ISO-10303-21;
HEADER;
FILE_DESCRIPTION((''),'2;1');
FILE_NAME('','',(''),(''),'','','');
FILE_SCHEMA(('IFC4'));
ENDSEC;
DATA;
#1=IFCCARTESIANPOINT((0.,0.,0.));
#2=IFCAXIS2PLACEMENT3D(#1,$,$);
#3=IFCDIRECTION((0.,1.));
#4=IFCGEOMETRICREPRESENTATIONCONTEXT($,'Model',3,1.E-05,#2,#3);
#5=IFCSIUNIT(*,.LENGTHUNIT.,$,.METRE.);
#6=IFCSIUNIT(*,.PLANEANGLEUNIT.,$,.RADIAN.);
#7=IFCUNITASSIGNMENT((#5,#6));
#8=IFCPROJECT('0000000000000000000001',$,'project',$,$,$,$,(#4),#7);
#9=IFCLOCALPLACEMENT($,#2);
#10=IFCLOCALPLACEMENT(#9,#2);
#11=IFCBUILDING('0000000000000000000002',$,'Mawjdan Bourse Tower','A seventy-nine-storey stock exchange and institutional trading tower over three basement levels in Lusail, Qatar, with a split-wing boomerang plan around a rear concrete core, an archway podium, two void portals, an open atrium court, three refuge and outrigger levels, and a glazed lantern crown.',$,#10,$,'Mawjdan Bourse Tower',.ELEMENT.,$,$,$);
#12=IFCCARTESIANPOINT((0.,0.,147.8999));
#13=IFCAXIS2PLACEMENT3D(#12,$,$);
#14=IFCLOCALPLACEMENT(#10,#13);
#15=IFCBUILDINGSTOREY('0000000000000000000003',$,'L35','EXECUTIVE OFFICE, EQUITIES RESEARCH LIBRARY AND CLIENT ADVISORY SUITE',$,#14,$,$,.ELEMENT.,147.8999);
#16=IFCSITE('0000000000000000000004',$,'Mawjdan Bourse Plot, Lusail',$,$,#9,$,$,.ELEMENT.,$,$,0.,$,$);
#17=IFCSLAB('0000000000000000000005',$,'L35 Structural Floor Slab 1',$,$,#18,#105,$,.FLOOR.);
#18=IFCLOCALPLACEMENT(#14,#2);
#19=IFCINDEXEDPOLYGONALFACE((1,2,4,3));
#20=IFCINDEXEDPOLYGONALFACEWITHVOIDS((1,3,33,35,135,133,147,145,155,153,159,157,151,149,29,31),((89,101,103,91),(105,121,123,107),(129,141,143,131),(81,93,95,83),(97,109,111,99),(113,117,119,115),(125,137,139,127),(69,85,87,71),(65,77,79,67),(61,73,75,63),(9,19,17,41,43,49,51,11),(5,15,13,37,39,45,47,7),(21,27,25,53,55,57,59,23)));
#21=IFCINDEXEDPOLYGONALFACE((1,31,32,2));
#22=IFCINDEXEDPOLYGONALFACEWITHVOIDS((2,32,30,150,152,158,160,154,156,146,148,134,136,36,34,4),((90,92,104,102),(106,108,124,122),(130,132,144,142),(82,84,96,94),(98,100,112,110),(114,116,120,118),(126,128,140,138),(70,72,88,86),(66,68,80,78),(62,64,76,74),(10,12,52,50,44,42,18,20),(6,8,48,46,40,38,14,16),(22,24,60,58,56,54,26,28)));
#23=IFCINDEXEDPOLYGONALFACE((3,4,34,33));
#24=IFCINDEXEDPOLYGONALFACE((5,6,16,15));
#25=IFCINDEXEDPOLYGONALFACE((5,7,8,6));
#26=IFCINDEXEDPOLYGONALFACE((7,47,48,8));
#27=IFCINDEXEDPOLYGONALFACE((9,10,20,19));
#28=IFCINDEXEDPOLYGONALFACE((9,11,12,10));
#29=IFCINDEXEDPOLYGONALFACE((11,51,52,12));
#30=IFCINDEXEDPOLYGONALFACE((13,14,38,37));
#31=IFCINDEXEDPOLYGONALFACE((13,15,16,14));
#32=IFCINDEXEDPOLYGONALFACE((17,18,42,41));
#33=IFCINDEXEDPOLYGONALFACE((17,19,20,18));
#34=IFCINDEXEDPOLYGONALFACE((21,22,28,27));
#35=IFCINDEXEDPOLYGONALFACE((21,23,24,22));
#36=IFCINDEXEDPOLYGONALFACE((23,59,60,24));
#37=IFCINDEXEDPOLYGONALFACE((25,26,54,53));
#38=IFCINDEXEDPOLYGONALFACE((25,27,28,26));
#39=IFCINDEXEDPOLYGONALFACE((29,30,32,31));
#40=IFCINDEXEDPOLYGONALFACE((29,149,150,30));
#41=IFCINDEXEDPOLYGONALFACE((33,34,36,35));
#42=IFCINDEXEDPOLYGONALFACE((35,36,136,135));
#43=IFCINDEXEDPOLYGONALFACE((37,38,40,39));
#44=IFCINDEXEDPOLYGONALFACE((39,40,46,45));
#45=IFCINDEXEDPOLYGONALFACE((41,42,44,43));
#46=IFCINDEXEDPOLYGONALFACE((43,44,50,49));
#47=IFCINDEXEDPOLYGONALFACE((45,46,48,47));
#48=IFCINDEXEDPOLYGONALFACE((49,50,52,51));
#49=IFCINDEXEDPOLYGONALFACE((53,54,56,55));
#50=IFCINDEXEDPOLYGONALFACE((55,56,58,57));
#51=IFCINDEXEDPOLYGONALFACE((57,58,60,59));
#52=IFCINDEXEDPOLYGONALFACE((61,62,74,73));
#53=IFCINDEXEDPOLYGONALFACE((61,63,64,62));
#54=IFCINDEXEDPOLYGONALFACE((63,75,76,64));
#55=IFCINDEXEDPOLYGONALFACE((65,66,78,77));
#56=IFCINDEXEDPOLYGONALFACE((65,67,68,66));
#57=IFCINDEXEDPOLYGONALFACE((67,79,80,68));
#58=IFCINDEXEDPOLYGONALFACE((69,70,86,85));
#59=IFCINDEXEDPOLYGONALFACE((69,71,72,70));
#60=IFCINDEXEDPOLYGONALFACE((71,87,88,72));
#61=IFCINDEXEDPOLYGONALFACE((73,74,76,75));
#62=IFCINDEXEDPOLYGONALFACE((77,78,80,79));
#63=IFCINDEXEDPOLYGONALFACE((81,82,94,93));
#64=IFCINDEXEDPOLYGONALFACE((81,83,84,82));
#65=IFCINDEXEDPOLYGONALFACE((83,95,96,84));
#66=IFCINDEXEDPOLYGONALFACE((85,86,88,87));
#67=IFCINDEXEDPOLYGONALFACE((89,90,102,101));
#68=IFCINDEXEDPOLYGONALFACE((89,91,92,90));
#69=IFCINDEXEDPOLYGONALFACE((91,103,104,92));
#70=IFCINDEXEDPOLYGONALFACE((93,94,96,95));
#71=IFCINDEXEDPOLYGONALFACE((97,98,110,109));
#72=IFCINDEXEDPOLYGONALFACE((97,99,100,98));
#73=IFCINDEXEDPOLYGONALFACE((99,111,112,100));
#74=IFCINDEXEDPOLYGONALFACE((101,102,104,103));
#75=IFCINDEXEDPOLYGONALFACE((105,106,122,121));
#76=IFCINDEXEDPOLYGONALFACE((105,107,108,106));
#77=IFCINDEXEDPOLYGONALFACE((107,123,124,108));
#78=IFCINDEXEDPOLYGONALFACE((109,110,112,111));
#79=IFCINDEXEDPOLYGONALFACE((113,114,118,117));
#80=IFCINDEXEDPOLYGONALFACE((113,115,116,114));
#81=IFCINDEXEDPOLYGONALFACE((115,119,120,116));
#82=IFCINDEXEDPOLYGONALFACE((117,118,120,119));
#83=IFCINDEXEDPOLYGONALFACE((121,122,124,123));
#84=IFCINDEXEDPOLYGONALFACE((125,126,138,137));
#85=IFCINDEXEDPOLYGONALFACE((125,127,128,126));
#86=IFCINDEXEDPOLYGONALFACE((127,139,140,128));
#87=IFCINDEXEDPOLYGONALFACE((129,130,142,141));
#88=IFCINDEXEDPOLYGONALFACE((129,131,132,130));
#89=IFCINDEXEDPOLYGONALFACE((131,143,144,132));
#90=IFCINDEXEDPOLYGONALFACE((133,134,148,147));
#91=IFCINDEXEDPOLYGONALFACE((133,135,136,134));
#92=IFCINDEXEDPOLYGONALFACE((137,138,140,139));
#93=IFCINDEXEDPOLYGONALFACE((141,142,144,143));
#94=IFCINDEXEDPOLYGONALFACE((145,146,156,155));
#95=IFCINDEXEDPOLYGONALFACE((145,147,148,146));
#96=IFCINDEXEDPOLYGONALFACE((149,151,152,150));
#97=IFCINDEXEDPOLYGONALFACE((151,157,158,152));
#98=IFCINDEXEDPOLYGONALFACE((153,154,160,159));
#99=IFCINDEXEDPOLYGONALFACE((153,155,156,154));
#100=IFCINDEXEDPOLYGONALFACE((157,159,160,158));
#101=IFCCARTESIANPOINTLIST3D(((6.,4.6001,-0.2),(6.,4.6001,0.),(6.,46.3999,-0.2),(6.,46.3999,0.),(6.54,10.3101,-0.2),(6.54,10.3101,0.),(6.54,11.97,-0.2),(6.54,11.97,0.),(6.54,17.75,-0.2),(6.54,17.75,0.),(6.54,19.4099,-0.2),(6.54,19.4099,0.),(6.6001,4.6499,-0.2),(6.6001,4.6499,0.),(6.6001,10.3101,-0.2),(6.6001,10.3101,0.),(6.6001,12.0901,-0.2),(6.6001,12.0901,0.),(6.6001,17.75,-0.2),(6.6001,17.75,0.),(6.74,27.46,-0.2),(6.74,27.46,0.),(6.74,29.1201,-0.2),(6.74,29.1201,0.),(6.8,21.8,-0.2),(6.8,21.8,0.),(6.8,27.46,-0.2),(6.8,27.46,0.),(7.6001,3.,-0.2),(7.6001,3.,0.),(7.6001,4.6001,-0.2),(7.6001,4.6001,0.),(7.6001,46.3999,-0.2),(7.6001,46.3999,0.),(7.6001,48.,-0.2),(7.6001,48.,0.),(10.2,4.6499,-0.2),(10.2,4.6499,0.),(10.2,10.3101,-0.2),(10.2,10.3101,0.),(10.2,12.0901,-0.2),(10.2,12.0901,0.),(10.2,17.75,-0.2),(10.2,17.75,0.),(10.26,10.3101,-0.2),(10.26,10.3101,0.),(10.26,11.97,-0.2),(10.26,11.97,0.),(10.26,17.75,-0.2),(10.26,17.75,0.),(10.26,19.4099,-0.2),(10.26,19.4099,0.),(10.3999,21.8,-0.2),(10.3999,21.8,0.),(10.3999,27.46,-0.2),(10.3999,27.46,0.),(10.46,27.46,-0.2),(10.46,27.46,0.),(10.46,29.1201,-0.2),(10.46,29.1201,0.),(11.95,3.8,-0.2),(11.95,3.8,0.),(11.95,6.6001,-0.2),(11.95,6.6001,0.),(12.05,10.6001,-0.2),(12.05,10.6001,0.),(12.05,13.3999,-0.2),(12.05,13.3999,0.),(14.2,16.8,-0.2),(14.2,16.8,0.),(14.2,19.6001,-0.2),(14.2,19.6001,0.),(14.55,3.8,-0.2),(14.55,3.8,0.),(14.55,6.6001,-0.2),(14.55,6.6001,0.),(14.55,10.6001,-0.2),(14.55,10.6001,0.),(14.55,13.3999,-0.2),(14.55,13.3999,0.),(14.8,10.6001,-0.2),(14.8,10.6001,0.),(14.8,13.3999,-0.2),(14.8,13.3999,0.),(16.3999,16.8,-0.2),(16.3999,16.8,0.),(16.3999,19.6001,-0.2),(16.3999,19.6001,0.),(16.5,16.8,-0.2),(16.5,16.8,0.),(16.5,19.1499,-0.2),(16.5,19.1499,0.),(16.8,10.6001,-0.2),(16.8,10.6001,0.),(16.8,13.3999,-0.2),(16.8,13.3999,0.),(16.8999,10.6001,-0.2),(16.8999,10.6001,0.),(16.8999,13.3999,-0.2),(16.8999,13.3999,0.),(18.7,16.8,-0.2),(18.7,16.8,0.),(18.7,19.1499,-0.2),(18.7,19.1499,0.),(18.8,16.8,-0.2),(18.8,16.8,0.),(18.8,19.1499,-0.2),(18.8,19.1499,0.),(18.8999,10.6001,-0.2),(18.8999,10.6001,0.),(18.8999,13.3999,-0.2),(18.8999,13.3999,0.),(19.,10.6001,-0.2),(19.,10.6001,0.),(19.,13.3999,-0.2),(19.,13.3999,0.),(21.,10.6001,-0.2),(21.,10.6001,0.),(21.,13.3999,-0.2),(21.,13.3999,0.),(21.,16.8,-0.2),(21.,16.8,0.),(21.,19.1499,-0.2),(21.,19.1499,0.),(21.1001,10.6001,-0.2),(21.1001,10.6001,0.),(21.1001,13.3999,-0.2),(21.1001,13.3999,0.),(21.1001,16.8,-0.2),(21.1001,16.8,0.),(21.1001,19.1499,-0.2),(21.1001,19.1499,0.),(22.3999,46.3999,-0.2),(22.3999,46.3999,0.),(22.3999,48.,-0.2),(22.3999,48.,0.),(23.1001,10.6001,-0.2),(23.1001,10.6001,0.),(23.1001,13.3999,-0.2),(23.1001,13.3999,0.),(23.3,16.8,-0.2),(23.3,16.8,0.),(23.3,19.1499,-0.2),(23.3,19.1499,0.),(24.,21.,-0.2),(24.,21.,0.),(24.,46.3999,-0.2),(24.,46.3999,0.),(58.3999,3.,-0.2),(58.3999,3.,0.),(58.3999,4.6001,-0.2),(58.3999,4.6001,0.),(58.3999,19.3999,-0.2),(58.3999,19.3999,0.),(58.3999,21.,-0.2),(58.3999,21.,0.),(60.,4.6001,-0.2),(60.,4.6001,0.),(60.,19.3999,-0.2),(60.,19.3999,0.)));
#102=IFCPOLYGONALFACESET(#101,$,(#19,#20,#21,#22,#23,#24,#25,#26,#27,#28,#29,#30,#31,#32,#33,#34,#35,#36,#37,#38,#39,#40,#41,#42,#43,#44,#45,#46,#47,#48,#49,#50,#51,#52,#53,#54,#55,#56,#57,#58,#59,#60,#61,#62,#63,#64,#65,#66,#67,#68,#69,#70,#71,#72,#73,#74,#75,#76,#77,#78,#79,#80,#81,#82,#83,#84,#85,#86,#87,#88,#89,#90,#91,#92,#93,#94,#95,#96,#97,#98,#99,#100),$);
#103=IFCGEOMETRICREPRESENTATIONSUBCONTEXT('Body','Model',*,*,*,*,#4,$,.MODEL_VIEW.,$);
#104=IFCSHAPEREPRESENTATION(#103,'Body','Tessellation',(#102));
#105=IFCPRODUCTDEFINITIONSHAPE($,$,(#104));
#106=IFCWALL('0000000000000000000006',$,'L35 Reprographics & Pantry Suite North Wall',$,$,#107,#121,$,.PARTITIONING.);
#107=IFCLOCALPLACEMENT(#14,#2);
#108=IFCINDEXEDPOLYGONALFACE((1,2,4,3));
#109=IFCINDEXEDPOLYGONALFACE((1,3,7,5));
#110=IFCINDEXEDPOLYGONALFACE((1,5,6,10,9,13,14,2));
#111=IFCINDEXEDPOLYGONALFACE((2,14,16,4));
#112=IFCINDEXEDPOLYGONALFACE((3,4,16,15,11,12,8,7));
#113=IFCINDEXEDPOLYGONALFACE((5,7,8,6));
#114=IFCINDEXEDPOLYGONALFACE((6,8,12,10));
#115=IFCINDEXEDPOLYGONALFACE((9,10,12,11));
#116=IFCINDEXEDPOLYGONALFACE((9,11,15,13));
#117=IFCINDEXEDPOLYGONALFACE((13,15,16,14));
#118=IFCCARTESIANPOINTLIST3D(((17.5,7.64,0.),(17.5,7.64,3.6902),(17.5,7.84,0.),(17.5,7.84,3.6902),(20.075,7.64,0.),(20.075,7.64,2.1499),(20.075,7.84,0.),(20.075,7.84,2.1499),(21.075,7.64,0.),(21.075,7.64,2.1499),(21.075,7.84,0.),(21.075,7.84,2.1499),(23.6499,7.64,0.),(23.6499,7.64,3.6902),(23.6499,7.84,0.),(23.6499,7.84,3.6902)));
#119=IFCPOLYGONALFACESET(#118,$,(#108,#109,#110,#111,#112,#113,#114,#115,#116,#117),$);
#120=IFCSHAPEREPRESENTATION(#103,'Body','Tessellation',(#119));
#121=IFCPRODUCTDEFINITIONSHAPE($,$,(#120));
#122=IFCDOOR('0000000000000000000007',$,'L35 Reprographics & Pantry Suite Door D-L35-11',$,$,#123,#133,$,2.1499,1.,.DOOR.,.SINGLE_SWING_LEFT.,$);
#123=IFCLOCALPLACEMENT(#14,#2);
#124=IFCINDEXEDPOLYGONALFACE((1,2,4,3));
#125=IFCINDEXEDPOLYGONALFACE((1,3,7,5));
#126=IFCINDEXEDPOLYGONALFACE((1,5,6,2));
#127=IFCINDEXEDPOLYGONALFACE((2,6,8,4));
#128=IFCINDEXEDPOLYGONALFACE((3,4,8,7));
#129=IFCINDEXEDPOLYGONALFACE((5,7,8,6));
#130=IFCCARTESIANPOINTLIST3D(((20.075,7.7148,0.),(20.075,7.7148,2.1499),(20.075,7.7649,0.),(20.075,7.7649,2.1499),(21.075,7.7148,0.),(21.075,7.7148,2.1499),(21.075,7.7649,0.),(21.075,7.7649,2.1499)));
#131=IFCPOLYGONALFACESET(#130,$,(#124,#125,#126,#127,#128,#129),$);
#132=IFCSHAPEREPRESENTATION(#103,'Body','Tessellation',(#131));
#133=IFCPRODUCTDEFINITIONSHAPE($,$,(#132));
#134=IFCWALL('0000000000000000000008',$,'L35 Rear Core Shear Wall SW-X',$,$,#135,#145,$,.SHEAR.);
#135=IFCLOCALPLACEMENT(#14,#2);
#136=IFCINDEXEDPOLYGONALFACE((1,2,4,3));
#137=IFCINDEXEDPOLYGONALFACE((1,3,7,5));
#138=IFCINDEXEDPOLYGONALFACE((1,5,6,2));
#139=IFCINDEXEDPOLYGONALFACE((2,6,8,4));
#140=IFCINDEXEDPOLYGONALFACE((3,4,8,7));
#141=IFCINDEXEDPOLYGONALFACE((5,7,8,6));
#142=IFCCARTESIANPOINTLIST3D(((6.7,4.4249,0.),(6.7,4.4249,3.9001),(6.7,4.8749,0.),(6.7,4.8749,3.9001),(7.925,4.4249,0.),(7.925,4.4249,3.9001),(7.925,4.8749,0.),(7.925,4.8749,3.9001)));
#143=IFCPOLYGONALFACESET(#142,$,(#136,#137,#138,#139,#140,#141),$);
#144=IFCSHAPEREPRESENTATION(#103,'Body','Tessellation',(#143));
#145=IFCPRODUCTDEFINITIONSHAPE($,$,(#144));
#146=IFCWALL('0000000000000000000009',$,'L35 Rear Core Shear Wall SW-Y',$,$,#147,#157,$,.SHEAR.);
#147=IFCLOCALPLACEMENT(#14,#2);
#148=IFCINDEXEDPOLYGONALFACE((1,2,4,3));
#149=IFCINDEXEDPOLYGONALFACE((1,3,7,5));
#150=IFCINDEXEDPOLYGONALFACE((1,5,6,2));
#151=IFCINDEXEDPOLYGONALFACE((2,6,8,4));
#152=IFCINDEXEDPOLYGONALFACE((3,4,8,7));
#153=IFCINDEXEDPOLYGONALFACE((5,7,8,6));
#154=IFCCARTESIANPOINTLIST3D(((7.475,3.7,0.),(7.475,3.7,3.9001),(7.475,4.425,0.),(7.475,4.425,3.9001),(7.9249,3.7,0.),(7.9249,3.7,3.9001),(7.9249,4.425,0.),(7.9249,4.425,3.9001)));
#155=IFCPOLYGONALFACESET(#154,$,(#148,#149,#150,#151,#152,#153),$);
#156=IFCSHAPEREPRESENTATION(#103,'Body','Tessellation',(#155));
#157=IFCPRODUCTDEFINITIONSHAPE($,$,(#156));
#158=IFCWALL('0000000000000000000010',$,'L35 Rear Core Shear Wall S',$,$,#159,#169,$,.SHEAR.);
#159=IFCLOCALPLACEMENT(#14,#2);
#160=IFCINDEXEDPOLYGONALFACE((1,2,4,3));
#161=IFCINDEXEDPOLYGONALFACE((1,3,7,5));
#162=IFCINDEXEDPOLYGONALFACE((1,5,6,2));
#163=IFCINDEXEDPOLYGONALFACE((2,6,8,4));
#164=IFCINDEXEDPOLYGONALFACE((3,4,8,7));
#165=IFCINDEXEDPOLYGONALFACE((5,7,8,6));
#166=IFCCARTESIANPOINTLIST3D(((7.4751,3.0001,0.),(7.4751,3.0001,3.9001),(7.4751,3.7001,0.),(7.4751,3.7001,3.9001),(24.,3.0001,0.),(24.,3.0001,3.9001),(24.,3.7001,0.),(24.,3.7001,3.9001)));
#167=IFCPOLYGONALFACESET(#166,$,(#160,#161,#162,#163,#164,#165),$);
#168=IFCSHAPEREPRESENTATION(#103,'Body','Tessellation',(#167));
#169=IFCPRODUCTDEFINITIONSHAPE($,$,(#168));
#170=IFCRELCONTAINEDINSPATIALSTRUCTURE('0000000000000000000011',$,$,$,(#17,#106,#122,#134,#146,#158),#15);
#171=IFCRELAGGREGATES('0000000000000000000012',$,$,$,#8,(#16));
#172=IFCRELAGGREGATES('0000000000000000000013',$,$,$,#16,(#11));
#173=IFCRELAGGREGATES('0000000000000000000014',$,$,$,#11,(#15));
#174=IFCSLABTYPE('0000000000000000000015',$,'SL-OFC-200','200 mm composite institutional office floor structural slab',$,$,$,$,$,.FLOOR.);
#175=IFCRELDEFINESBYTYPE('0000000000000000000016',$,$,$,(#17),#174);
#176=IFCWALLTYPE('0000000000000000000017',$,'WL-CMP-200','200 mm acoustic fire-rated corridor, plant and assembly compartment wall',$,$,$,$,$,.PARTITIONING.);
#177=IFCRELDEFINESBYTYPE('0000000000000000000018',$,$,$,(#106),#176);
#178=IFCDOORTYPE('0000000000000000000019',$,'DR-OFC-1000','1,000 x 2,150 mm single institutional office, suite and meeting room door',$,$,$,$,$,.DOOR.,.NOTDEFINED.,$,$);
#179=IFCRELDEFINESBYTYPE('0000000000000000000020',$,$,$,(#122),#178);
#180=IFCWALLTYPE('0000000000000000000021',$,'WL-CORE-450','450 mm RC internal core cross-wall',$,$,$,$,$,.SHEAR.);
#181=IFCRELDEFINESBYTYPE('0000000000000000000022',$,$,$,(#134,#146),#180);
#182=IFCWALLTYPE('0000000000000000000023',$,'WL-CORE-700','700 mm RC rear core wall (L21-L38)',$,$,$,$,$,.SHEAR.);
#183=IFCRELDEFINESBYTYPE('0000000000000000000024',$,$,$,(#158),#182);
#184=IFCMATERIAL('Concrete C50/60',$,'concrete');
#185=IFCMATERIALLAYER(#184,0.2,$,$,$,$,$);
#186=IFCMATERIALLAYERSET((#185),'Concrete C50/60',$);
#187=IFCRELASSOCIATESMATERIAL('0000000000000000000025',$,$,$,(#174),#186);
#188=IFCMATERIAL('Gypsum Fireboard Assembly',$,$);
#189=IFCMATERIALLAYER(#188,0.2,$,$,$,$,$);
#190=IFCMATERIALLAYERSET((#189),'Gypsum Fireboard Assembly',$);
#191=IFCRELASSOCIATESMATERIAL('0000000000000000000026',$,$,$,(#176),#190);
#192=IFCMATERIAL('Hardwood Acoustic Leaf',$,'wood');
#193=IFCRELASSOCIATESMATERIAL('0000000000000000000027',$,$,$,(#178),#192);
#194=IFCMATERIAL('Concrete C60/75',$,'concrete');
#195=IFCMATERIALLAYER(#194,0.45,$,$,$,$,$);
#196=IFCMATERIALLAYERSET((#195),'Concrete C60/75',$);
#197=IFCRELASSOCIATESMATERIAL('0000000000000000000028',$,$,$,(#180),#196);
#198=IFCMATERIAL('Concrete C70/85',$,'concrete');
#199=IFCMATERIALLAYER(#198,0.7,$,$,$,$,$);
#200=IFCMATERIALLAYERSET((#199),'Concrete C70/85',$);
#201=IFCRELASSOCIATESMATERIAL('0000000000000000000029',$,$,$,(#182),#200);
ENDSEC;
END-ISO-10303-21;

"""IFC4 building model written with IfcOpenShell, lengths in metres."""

from ifc_helpers import new_model, si_unit, direction, frame, frame_2d, origin, place, context, subcontext, project, spatial, polyline, rectangle, outline, extrude, material, layer, layer_set, type_object, element, fill, save


model = new_model("IFC4")

# Units and contexts
model_context = context("Model", 3, precision=1e-05, world=origin(), true_north=direction((0.0, 1.0)))
body_context = subcontext(model_context, "Body", "Model", "MODEL_VIEW")
ifc_project = project(units=[si_unit("LENGTHUNIT", "METRE"), si_unit("PLANEANGLEUNIT", "RADIAN")], contexts=[model_context])

# Site, building, storey
site_placement = place(None, origin())
site = spatial("IfcSite", under=ifc_project, at=site_placement, Name="Mawjdan Bourse Plot, Lusail", CompositionType="ELEMENT", RefElevation=0.0)
building_placement = place(site_placement, origin())
building = spatial("IfcBuilding", under=site, at=building_placement, Name="Mawjdan Bourse Tower", Description="A seventy-nine-storey stock exchange and institutional trading tower over three basement levels in Lusail, Qatar, with a split-wing boomerang plan around a rear concrete core, an archway podium, two void portals, an open atrium court, three refuge and outrigger levels, and a glazed lantern crown.", LongName="Mawjdan Bourse Tower", CompositionType="ELEMENT")
storey_placement = place(building_placement, frame((0.0, 0.0, 147.8999)))
storey = spatial("IfcBuildingStorey", under=building, at=storey_placement, Name="L35", Description="EXECUTIVE OFFICE, EQUITIES RESEARCH LIBRARY AND CLIENT ADVISORY SUITE", CompositionType="ELEMENT", Elevation=147.8999)

# Shared definitions
ifc_material_1 = material(Name="Concrete C50/60", Category="concrete")

# Slab
ifc_layer_1 = layer(ifc_material_1, 0.2)
ifc_layer_set_1 = layer_set([ifc_layer_1], Name="Concrete C50/60")
slab_type_1 = type_object("IfcSlabType", Name="SL-OFC-200", Description="200 mm composite institutional office floor structural slab", PredefinedType="FLOOR", material=ifc_layer_set_1)
slab_1_placement = place(storey_placement, frame((0.0, 0.0, -0.2)))
element("IfcSlab", 1, at=slab_1_placement, inside=storey, type_object=slab_type_1, Name="L35 Structural Floor Slab 1", PredefinedType="FLOOR", context=body_context, shape_type="SweptSolid", body=[
    extrude(outline(polyline([(7.6001, 3.0), (58.3999, 3.0), (58.3999, 4.6001), (60.0, 4.6001), (60.0, 19.3999), (58.3999, 19.3999), (58.3999, 21.0), (24.0, 21.0), (24.0, 46.3999), (22.3999, 46.3999), (22.3999, 48.0), (7.6001, 48.0), (7.6001, 46.3999), (6.0, 46.3999), (6.0, 4.6001), (7.6001, 4.6001), (7.6001, 3.0)]), holes=[polyline([(11.95, 3.8), (11.95, 6.6001), (14.55, 6.6001), (14.55, 3.8), (11.95, 3.8)]), polyline([(6.6001, 10.3101), (6.54, 10.3101), (6.54, 11.97), (10.26, 11.97), (10.26, 10.3101), (10.2, 10.3101), (10.2, 4.6499), (6.6001, 4.6499), (6.6001, 10.3101)]), polyline([(12.05, 10.6001), (12.05, 13.3999), (14.55, 13.3999), (14.55, 10.6001), (12.05, 10.6001)]), polyline([(10.26, 19.4099), (10.26, 17.75), (10.2, 17.75), (10.2, 12.0901), (6.6001, 12.0901), (6.6001, 17.75), (6.54, 17.75), (6.54, 19.4099), (10.26, 19.4099)]), polyline([(10.46, 29.1201), (10.46, 27.46), (10.3999, 27.46), (10.3999, 21.8), (6.8, 21.8), (6.8, 27.46), (6.74, 27.46), (6.74, 29.1201), (10.46, 29.1201)]), polyline([(14.8, 10.6001), (14.8, 13.3999), (16.8, 13.3999), (16.8, 10.6001), (14.8, 10.6001)]), polyline([(16.8999, 10.6001), (16.8999, 13.3999), (18.8999, 13.3999), (18.8999, 10.6001), (16.8999, 10.6001)]), polyline([(19.0, 10.6001), (19.0, 13.3999), (21.0, 13.3999), (21.0, 10.6001), (19.0, 10.6001)]), polyline([(21.1001, 10.6001), (21.1001, 13.3999), (23.1001, 13.3999), (23.1001, 10.6001), (21.1001, 10.6001)]), polyline([(16.5, 16.8), (16.5, 19.1499), (18.7, 19.1499), (18.7, 16.8), (16.5, 16.8)]), polyline([(18.8, 16.8), (18.8, 19.1499), (21.0, 19.1499), (21.0, 16.8), (18.8, 16.8)]), polyline([(21.1001, 16.8), (21.1001, 19.1499), (23.3, 19.1499), (23.3, 16.8), (21.1001, 16.8)]), polyline([(14.2, 16.8), (14.2, 19.6001), (16.3999, 19.6001), (16.3999, 16.8), (14.2, 16.8)])]), origin(), (0.0, 0.0, 1.0), 0.2),
])

# Wall, opening, door
ifc_material_2 = material(Name="Gypsum Fireboard Assembly")
ifc_layer_2 = layer(ifc_material_2, 0.2)
ifc_layer_set_2 = layer_set([ifc_layer_2], Name="Gypsum Fireboard Assembly")
wall_type_1 = type_object("IfcWallType", Name="WL-CMP-200", Description="200 mm acoustic fire-rated corridor, plant and assembly compartment wall", PredefinedType="PARTITIONING", material=ifc_layer_set_2)
ifc_material_3 = material(Name="Hardwood Acoustic Leaf", Category="wood")
door_type_1 = type_object("IfcDoorType", Name="DR-OFC-1000", Description="1,000 x 2,150 mm single institutional office, suite and meeting room door", OperationType="NOTDEFINED", PredefinedType="DOOR", material=ifc_material_3)
wall_1_placement = place(storey_placement, frame((17.5, 7.74, 0.0), z_axis=(0.0, 0.0, 1.0), x_axis=(1.0, 0.0, 0.0)))
wall_1 = element("IfcWall", 2, at=wall_1_placement, inside=storey, type_object=wall_type_1, Name="L35 Reprographics & Pantry Suite North Wall", PredefinedType="PARTITIONING", context=body_context, shape_type="SweptSolid", body=[
    extrude(rectangle(XDim=6.1499, YDim=0.2, at=frame_2d((3.075, 0.0))), origin(), (0.0, 0.0, 1.0), 3.6902),
])
opening_1_placement = place(wall_1_placement, frame((2.575, 0.0, 0.0)))
opening_1 = element("IfcOpeningElement", 3, at=opening_1_placement, cuts=wall_1, PredefinedType="OPENING", context=body_context, shape_type="SweptSolid", body=[
    extrude(rectangle(XDim=1.0, YDim=2.1499, at=frame_2d((0.5, 1.075))), frame((0.0, 0.1099, 0.0), z_axis=(0.0, -1.0, 0.0), x_axis=(1.0, 0.0, 0.0)), (0.0, 0.0, 1.0), 0.22),
])
door_1_placement = place(opening_1_placement, origin())
door_1 = element("IfcDoor", 4, at=door_1_placement, inside=storey, type_object=door_type_1, Name="L35 Reprographics & Pantry Suite Door D-L35-11", OperationType="SINGLE_SWING_LEFT", OverallHeight=2.1499, OverallWidth=1.0, PredefinedType="DOOR", context=body_context, shape_type="SweptSolid", body=[
    extrude(rectangle(XDim=1.0, YDim=2.1499, at=frame_2d((0.5, 1.075))), frame((0.0, 0.0249, 0.0), z_axis=(0.0, -1.0, 0.0), x_axis=(1.0, 0.0, 0.0)), (0.0, 0.0, 1.0), 0.05),
])
fill(opening_1, door_1)

# Walls
ifc_material_4 = material(Name="Concrete C60/75", Category="concrete")
ifc_layer_3 = layer(ifc_material_4, 0.45)
ifc_layer_set_3 = layer_set([ifc_layer_3], Name="Concrete C60/75")
wall_type_2 = type_object("IfcWallType", Name="WL-CORE-450", Description="450 mm RC internal core cross-wall", PredefinedType="SHEAR", material=ifc_layer_set_3)
wall_2_placement = place(storey_placement, frame((6.7, 4.6499, 0.0), z_axis=(0.0, 0.0, 1.0), x_axis=(1.0, 0.0, 0.0)))
element("IfcWall", 5, at=wall_2_placement, inside=storey, type_object=wall_type_2, Name="L35 Rear Core Shear Wall SW-X", PredefinedType="SHEAR", context=body_context, shape_type="SweptSolid", body=[
    extrude(rectangle(XDim=1.2251, YDim=0.45, at=frame_2d((0.6125, 0.0))), origin(), (0.0, 0.0, 1.0), 3.9001),
])
wall_3_placement = place(storey_placement, frame((7.7, 3.7, 0.0), z_axis=(0.0, 0.0, 1.0), x_axis=(0.0, 1.0, 0.0)))
element("IfcWall", 6, at=wall_3_placement, inside=storey, type_object=wall_type_2, Name="L35 Rear Core Shear Wall SW-Y", PredefinedType="SHEAR", context=body_context, shape_type="SweptSolid", body=[
    extrude(rectangle(XDim=0.7251, YDim=0.45, at=frame_2d((0.3625, 0.0))), origin(), (0.0, 0.0, 1.0), 3.9001),
])
ifc_material_5 = material(Name="Concrete C70/85", Category="concrete")
ifc_layer_4 = layer(ifc_material_5, 0.7)
ifc_layer_set_4 = layer_set([ifc_layer_4], Name="Concrete C70/85")
wall_type_3 = type_object("IfcWallType", Name="WL-CORE-700", Description="700 mm RC rear core wall (L21-L38)", PredefinedType="SHEAR", material=ifc_layer_set_4)
wall_4_placement = place(storey_placement, frame((7.4751, 3.3501, 0.0), z_axis=(0.0, 0.0, 1.0), x_axis=(1.0, 0.0, 0.0)))
element("IfcWall", 7, at=wall_4_placement, inside=storey, type_object=wall_type_3, Name="L35 Rear Core Shear Wall S", PredefinedType="SHEAR", context=body_context, shape_type="SweptSolid", body=[
    extrude(rectangle(XDim=16.5249, YDim=0.7, at=frame_2d((8.2625, 0.0))), origin(), (0.0, 0.0, 1.0), 3.9001),
])

save(model, "model.ifc")
